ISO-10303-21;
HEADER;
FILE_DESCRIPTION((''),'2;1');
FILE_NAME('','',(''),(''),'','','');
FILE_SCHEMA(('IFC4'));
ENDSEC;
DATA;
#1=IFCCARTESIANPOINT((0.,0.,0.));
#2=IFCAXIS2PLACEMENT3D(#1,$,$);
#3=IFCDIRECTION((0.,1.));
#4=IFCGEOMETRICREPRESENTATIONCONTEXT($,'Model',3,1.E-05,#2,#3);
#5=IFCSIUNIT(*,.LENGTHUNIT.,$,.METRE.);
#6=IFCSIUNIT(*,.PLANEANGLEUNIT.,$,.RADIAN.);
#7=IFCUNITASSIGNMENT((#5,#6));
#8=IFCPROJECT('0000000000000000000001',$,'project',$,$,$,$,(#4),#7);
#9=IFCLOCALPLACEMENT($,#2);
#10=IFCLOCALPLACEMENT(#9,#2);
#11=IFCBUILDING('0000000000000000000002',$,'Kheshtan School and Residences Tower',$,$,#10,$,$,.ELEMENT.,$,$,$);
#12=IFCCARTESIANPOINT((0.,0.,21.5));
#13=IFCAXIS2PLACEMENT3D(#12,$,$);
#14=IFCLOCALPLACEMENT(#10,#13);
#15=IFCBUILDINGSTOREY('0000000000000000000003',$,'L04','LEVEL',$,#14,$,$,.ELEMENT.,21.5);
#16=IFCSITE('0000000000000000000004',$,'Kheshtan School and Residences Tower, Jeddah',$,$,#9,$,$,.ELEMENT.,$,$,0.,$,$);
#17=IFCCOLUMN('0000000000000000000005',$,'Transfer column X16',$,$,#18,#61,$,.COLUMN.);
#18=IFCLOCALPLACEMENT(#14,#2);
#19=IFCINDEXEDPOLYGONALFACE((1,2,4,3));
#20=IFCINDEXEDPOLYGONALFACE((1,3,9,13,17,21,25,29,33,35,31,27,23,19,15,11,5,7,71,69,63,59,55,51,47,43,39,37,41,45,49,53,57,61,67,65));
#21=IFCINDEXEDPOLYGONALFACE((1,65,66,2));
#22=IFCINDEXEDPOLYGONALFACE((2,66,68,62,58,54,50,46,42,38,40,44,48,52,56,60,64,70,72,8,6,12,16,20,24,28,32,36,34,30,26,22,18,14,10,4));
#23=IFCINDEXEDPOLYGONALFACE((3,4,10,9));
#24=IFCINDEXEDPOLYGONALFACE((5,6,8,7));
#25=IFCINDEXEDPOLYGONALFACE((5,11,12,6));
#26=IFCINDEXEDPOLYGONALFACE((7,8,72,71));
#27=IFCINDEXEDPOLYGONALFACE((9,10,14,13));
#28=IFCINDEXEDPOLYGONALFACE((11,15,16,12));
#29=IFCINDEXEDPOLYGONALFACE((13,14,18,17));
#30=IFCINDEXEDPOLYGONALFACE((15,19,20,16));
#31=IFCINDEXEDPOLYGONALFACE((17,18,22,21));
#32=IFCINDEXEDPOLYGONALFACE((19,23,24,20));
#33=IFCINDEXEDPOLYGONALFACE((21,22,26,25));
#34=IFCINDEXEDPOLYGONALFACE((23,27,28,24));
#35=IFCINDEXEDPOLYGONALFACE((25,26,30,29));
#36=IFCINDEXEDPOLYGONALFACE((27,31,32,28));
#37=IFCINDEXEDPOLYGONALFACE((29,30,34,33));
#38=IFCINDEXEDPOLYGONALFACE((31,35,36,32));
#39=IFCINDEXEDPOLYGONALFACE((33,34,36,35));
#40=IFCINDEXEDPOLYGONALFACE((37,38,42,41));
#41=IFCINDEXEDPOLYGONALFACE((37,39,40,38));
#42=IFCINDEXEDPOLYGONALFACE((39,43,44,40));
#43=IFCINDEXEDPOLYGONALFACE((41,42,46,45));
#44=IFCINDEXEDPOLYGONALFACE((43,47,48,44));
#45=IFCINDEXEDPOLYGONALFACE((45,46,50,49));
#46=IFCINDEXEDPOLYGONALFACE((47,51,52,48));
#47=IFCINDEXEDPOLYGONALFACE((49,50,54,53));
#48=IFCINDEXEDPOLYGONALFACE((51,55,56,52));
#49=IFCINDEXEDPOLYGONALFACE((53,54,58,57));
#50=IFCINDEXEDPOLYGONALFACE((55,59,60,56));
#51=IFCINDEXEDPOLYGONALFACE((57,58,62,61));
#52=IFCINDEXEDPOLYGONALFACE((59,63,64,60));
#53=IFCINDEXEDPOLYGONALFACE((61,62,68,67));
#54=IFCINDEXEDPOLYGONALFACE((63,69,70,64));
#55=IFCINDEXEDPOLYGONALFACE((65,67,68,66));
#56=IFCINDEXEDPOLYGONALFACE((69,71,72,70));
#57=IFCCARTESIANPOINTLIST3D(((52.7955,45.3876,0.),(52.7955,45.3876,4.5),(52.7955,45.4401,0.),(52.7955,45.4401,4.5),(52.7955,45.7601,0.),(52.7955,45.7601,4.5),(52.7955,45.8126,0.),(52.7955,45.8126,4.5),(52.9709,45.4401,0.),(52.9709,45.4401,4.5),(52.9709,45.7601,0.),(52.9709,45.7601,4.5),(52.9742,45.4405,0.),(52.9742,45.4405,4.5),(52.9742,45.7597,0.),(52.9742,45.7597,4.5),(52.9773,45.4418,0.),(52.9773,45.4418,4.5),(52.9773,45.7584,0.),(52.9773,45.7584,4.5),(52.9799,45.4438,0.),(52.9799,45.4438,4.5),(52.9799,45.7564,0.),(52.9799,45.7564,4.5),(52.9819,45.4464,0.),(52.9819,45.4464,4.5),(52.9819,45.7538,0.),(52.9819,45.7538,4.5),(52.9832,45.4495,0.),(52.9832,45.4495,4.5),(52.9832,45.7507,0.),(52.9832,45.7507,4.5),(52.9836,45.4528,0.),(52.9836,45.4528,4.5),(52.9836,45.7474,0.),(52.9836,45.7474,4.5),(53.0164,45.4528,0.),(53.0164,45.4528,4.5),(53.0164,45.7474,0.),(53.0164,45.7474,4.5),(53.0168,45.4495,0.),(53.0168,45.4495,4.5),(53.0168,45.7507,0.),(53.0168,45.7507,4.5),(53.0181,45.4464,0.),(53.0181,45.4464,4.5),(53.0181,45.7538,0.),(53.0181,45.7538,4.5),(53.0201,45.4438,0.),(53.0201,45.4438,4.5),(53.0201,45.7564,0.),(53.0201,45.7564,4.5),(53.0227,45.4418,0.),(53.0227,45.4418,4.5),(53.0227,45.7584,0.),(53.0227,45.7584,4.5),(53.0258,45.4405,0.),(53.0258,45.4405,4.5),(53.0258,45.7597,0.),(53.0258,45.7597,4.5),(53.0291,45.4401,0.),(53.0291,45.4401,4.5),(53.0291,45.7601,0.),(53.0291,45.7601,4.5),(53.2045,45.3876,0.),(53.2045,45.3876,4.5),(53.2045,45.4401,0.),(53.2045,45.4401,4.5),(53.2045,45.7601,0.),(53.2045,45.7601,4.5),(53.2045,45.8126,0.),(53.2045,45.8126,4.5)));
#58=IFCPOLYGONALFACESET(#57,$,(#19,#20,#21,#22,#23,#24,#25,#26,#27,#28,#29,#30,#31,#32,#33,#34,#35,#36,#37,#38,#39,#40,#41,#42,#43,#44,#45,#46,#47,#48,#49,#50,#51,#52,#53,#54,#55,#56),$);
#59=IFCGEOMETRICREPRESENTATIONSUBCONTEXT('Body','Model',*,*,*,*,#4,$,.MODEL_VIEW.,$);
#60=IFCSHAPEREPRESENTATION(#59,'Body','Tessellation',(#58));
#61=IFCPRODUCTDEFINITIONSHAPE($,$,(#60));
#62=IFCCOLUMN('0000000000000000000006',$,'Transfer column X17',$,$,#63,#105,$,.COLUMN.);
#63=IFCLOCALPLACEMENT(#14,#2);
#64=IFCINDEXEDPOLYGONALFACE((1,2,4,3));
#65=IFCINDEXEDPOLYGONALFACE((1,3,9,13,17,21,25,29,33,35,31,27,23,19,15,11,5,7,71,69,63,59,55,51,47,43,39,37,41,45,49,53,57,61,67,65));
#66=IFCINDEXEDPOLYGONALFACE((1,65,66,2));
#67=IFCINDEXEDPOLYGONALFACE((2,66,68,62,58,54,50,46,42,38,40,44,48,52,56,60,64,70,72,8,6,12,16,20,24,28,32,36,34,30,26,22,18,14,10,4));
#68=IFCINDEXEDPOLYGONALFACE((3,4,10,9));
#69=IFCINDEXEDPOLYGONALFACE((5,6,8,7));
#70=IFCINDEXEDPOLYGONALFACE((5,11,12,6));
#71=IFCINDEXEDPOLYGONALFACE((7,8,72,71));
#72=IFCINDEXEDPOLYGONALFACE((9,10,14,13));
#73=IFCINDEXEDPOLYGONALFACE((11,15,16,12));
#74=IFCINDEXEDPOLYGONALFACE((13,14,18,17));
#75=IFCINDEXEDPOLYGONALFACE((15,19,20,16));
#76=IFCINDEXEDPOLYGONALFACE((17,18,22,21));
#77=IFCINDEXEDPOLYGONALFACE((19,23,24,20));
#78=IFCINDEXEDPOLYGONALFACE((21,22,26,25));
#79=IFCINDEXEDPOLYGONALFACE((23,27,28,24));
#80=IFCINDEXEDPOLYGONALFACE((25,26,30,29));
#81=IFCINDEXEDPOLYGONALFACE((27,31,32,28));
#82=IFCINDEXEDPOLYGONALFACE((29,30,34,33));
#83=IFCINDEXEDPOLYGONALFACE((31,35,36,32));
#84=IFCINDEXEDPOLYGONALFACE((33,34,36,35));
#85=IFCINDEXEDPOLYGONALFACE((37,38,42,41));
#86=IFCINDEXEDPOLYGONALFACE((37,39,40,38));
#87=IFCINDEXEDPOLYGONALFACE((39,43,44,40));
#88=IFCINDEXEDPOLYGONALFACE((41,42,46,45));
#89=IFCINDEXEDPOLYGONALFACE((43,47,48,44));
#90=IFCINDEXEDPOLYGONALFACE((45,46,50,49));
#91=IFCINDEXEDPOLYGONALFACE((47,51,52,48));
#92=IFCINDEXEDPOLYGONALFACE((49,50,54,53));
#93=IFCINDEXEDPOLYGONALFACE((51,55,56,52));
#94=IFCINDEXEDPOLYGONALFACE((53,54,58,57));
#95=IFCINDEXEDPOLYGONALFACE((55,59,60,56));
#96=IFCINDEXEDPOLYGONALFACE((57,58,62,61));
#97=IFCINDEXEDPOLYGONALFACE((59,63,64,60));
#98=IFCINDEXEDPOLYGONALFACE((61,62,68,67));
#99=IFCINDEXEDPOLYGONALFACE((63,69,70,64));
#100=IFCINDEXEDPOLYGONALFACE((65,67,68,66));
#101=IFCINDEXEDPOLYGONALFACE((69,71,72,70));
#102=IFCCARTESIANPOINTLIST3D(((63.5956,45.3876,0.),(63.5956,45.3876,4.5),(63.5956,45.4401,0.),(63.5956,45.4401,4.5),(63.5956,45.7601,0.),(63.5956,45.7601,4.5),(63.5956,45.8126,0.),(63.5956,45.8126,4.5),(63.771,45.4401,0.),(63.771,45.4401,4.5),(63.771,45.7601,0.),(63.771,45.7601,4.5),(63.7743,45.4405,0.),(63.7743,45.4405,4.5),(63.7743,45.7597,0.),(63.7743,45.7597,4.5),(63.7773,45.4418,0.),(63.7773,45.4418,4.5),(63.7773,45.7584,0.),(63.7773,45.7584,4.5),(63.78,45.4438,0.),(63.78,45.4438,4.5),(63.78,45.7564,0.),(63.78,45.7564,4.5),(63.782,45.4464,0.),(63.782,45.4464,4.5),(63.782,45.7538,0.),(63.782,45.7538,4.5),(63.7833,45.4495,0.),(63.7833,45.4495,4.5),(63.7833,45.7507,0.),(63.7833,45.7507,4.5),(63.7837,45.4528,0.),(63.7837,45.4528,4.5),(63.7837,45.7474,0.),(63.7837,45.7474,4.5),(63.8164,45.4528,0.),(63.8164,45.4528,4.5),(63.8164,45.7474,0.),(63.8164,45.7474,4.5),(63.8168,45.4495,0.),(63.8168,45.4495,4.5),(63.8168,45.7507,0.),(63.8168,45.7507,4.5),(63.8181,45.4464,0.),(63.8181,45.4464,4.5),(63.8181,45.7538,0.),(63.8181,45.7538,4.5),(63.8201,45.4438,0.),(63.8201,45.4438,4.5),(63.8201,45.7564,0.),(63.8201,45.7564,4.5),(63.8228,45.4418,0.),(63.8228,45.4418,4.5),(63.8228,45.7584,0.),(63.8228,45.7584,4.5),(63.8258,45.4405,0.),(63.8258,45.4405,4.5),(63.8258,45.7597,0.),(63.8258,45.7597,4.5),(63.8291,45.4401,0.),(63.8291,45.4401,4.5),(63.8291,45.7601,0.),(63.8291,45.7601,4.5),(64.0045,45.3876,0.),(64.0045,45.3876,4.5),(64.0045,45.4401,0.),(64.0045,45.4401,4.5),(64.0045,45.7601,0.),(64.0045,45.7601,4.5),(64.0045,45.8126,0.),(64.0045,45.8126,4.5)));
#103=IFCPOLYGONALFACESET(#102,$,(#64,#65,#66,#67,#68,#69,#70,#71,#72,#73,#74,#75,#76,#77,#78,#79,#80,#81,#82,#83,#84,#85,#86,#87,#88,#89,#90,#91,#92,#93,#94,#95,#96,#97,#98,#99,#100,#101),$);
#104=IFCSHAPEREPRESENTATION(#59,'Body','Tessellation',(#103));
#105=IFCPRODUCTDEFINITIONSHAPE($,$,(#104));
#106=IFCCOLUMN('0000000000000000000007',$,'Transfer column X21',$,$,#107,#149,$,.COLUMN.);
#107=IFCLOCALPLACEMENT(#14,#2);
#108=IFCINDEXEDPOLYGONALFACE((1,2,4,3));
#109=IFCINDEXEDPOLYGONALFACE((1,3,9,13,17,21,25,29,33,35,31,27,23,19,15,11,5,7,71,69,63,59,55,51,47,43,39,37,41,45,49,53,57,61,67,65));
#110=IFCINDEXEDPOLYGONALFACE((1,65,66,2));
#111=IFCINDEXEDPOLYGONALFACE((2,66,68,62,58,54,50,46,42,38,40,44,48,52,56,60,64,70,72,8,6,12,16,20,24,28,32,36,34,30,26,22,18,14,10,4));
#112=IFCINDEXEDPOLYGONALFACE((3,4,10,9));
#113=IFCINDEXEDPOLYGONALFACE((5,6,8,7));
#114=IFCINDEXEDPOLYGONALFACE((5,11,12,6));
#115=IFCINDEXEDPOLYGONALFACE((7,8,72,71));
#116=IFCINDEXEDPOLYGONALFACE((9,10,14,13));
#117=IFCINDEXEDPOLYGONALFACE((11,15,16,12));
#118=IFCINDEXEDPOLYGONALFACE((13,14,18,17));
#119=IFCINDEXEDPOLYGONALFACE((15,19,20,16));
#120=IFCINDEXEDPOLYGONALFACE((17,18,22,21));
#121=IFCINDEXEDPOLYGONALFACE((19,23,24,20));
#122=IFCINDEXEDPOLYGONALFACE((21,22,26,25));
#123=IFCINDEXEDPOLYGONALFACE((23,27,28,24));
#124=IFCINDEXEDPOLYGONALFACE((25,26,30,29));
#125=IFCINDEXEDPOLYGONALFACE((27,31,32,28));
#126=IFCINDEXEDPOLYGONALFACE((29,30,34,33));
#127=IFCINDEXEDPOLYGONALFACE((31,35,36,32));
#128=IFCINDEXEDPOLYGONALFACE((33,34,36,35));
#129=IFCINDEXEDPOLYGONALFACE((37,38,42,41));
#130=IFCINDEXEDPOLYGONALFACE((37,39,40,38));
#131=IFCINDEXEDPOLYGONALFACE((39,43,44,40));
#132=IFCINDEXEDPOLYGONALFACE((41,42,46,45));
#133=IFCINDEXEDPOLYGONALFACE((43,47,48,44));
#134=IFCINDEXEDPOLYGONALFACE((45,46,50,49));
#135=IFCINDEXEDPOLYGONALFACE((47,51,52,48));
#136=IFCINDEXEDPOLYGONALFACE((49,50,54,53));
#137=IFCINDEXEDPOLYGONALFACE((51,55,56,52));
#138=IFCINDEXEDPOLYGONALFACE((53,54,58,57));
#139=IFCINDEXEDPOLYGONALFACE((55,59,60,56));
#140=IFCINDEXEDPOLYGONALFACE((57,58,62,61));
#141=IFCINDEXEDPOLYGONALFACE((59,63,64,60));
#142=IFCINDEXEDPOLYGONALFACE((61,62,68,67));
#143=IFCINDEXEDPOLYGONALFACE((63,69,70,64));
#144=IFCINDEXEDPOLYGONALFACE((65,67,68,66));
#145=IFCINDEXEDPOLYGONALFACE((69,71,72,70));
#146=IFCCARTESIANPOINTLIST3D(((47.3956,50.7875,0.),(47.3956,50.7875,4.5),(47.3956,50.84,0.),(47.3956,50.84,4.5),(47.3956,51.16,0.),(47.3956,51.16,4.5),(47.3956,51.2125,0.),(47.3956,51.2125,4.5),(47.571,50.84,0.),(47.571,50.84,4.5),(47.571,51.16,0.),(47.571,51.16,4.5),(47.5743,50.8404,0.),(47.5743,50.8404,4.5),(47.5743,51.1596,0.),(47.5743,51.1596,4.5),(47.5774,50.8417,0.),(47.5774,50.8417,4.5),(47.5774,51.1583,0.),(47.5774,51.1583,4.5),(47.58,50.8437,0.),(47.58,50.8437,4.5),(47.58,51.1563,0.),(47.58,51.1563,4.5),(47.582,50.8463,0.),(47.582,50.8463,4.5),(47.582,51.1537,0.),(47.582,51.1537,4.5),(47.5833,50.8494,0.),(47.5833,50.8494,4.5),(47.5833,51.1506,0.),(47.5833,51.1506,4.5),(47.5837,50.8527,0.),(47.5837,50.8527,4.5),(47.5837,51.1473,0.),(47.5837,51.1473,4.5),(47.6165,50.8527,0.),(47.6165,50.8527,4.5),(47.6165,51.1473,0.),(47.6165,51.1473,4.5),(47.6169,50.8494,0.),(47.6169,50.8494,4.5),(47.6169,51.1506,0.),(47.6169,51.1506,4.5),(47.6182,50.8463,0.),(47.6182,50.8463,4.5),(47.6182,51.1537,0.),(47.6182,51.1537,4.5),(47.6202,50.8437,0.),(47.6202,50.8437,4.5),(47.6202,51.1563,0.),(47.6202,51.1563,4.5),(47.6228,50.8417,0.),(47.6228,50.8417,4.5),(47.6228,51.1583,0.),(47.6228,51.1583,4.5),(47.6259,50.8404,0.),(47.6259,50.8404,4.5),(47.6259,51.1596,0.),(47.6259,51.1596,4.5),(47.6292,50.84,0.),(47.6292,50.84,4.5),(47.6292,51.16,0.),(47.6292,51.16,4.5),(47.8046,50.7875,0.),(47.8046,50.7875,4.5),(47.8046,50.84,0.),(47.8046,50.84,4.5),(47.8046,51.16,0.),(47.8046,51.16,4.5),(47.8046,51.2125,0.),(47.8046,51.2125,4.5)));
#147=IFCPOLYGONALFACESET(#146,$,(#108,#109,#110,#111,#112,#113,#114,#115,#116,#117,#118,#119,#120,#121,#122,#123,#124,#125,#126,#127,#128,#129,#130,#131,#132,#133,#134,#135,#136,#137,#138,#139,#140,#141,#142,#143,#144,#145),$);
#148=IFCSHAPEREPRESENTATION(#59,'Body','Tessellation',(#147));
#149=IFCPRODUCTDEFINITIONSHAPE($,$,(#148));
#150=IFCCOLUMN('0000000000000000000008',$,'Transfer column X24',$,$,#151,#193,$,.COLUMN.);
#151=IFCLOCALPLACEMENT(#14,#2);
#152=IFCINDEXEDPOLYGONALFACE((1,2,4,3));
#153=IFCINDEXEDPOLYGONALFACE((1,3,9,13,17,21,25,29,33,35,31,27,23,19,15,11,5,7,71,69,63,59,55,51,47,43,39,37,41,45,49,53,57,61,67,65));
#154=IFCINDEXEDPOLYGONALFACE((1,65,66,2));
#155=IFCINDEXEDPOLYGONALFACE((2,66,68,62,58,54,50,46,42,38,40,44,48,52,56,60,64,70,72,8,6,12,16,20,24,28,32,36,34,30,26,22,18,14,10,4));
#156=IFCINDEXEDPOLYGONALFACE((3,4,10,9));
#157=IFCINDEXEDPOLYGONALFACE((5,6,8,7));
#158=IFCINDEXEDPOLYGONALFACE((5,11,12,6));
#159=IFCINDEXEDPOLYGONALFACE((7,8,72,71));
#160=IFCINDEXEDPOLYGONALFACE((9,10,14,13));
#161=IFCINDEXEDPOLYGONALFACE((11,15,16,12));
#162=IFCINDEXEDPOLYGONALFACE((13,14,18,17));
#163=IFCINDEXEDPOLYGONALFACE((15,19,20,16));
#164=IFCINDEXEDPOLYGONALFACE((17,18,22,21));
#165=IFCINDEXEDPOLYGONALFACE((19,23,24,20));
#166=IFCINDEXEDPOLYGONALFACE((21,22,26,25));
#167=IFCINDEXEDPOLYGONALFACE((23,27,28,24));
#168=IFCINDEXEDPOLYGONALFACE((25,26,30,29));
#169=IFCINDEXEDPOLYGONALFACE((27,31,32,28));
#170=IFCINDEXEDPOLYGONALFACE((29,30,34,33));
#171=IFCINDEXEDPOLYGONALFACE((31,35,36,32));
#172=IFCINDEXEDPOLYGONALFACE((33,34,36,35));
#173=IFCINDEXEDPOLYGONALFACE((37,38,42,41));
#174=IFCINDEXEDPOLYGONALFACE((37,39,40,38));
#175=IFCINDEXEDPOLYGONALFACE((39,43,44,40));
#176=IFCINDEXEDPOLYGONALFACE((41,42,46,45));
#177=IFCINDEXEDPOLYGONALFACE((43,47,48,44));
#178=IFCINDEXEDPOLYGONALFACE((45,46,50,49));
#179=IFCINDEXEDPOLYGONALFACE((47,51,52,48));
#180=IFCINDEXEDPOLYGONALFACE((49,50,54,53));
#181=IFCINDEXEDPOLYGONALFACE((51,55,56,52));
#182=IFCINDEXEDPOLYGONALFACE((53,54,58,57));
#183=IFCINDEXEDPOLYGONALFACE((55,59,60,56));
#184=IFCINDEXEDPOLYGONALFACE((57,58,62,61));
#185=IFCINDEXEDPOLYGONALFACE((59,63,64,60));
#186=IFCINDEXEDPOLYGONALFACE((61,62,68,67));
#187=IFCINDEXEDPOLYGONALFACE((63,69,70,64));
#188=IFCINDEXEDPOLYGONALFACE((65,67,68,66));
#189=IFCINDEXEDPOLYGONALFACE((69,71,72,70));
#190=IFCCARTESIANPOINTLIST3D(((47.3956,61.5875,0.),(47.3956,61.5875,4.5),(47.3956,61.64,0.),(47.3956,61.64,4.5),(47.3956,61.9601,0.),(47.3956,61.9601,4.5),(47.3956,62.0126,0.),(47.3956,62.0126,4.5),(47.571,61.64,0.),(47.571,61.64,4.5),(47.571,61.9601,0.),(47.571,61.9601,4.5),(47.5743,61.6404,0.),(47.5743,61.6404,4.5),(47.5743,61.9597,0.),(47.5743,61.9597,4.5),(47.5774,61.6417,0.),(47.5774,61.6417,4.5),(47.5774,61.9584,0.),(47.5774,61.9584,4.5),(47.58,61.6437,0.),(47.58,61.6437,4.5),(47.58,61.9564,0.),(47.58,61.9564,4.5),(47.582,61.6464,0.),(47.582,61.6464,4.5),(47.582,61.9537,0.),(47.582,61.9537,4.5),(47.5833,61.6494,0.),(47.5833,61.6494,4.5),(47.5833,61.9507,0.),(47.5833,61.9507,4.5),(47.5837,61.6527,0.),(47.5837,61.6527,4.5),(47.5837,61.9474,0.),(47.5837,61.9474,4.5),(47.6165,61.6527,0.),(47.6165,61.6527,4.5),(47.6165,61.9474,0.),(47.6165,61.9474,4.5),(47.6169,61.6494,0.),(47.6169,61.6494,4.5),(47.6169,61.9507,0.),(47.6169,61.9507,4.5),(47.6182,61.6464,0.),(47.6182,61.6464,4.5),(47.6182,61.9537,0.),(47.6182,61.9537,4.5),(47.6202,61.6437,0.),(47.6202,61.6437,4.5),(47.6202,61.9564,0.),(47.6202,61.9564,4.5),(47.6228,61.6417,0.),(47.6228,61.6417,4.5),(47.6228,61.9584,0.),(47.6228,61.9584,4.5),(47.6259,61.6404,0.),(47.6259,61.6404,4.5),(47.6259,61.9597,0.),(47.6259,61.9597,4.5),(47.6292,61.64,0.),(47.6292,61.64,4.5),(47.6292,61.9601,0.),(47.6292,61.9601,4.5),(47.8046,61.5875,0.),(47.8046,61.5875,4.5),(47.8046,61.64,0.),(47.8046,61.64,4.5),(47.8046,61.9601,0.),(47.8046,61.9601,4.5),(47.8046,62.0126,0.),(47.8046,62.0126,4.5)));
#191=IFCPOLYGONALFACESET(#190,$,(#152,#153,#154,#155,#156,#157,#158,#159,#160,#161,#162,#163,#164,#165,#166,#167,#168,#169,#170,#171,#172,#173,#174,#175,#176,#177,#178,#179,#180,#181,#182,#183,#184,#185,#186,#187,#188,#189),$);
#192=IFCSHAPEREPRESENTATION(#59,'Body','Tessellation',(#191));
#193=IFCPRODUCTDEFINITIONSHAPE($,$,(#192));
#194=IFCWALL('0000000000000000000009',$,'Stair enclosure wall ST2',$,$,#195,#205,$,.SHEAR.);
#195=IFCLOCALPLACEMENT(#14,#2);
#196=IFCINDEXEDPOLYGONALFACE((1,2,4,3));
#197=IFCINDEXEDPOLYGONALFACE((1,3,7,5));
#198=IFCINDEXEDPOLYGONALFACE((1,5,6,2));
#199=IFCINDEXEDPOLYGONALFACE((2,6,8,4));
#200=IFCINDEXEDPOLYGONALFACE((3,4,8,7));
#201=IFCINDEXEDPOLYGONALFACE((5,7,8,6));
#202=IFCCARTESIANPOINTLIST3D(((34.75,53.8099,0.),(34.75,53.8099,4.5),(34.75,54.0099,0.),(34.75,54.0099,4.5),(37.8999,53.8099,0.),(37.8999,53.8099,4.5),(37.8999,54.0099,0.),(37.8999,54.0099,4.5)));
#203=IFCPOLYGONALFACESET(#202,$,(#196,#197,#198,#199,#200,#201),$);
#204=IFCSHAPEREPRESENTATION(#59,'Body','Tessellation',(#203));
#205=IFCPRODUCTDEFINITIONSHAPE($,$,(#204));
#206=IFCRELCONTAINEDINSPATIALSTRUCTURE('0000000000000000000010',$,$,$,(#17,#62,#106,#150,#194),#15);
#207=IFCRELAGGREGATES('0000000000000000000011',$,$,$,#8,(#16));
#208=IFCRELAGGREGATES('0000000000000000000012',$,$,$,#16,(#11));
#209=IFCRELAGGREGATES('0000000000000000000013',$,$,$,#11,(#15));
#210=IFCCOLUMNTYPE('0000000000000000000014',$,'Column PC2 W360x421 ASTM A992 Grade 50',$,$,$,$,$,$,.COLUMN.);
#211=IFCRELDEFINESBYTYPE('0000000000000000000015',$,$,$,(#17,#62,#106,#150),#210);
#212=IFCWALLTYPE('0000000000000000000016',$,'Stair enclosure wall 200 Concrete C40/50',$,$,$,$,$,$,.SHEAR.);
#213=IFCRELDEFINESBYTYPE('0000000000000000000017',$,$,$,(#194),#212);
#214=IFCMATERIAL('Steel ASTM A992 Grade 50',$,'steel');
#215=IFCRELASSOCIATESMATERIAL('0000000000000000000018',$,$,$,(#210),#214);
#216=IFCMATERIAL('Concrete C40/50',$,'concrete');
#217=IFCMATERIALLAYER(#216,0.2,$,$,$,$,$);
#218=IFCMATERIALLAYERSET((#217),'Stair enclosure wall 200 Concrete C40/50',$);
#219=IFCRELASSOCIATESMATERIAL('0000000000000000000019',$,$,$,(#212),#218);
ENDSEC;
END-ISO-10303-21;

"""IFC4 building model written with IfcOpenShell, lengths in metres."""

from ifc_helpers import new_model, si_unit, direction, frame, frame_2d, origin, origin_2d, place, context, subcontext, project, spatial, rectangle, i_section, extrude, material, layer, layer_set, material_profile, profile_set, type_object, element, save


model = new_model("IFC4")

# Units and contexts
model_context = context("Model", 3, precision=1e-05, world=origin(), true_north=direction((0.0, 1.0)))
body_context = subcontext(model_context, "Body", "Model", "MODEL_VIEW")
ifc_project = project(units=[si_unit("LENGTHUNIT", "METRE"), si_unit("PLANEANGLEUNIT", "RADIAN")], contexts=[model_context])

# Site, building, storey
site_placement = place(None, origin())
site = spatial("IfcSite", under=ifc_project, at=site_placement, Name="Kheshtan School and Residences Tower, Jeddah", CompositionType="ELEMENT", RefElevation=0.0)
building_placement = place(site_placement, origin())
building = spatial("IfcBuilding", under=site, at=building_placement, Name="Kheshtan School and Residences Tower", CompositionType="ELEMENT")
storey_placement = place(building_placement, frame((0.0, 0.0, 21.5)))
storey = spatial("IfcBuildingStorey", under=building, at=storey_placement, Name="L04", Description="LEVEL", CompositionType="ELEMENT", Elevation=21.5)

# Columns
ifc_material_1 = material(Name="Steel ASTM A992 Grade 50", Category="steel")
ifc_material_profile = material_profile(ifc_material_1, i_section(OverallWidth=0.4089, OverallDepth=0.425, WebThickness=0.0327, FlangeThickness=0.0525, FilletRadius=0.0127, at=origin_2d()), Name="W360x421")
ifc_profile_set = profile_set([ifc_material_profile], Name="Steel ASTM A992 Grade 50")
column_type = type_object("IfcColumnType", Name="Column PC2 W360x421 ASTM A992 Grade 50", PredefinedType="COLUMN", material=ifc_profile_set)
for number, where, z_axis, x_axis, name in (
    (1, (53.0, 45.6001, 0.0), (0.0, 0.0, 1.0), (1.0, 0.0, 0.0), "Transfer column X16"),
    (2, (63.8, 45.6001, 0.0), (0.0, 0.0, 1.0), (1.0, 0.0, 0.0), "Transfer column X17"),
    (3, (47.6001, 51.0, 0.0), (0.0, 0.0, 1.0), (1.0, 0.0, 0.0), "Transfer column X21"),
    (4, (47.6001, 61.8, 0.0), (0.0, 0.0, 1.0), (1.0, 0.0, 0.0), "Transfer column X24"),
):
    element("IfcColumn", number, at=place(storey_placement, frame(where, z_axis=z_axis, x_axis=x_axis)), inside=storey, type_object=column_type, Name=name, PredefinedType="COLUMN", context=body_context, shape_type="SweptSolid", body=[
        extrude(i_section(OverallWidth=0.4089, OverallDepth=0.425, WebThickness=0.0327, FlangeThickness=0.0525, FilletRadius=0.0127, at=origin_2d()), origin(), (0.0, 0.0, 1.0), 4.5),
    ])

# Wall
ifc_material_2 = material(Name="Concrete C40/50", Category="concrete")
ifc_layer_1 = layer(ifc_material_2, 0.2)
ifc_layer_set_1 = layer_set([ifc_layer_1], Name="Stair enclosure wall 200 Concrete C40/50")
wall_type = type_object("IfcWallType", Name="Stair enclosure wall 200 Concrete C40/50", PredefinedType="SHEAR", material=ifc_layer_set_1)
wall_placement = place(storey_placement, frame((34.75, 53.9099, 0.0), z_axis=(0.0, 0.0, 1.0), x_axis=(1.0, 0.0, 0.0)))
element("IfcWall", 5, at=wall_placement, inside=storey, type_object=wall_type, Name="Stair enclosure wall ST2", PredefinedType="SHEAR", context=body_context, shape_type="SweptSolid", body=[
    extrude(rectangle(XDim=3.1499, YDim=0.2, at=frame_2d((1.575, 0.0))), origin(), (0.0, 0.0, 1.0), 4.5),
])

save(model, "model.ifc")
